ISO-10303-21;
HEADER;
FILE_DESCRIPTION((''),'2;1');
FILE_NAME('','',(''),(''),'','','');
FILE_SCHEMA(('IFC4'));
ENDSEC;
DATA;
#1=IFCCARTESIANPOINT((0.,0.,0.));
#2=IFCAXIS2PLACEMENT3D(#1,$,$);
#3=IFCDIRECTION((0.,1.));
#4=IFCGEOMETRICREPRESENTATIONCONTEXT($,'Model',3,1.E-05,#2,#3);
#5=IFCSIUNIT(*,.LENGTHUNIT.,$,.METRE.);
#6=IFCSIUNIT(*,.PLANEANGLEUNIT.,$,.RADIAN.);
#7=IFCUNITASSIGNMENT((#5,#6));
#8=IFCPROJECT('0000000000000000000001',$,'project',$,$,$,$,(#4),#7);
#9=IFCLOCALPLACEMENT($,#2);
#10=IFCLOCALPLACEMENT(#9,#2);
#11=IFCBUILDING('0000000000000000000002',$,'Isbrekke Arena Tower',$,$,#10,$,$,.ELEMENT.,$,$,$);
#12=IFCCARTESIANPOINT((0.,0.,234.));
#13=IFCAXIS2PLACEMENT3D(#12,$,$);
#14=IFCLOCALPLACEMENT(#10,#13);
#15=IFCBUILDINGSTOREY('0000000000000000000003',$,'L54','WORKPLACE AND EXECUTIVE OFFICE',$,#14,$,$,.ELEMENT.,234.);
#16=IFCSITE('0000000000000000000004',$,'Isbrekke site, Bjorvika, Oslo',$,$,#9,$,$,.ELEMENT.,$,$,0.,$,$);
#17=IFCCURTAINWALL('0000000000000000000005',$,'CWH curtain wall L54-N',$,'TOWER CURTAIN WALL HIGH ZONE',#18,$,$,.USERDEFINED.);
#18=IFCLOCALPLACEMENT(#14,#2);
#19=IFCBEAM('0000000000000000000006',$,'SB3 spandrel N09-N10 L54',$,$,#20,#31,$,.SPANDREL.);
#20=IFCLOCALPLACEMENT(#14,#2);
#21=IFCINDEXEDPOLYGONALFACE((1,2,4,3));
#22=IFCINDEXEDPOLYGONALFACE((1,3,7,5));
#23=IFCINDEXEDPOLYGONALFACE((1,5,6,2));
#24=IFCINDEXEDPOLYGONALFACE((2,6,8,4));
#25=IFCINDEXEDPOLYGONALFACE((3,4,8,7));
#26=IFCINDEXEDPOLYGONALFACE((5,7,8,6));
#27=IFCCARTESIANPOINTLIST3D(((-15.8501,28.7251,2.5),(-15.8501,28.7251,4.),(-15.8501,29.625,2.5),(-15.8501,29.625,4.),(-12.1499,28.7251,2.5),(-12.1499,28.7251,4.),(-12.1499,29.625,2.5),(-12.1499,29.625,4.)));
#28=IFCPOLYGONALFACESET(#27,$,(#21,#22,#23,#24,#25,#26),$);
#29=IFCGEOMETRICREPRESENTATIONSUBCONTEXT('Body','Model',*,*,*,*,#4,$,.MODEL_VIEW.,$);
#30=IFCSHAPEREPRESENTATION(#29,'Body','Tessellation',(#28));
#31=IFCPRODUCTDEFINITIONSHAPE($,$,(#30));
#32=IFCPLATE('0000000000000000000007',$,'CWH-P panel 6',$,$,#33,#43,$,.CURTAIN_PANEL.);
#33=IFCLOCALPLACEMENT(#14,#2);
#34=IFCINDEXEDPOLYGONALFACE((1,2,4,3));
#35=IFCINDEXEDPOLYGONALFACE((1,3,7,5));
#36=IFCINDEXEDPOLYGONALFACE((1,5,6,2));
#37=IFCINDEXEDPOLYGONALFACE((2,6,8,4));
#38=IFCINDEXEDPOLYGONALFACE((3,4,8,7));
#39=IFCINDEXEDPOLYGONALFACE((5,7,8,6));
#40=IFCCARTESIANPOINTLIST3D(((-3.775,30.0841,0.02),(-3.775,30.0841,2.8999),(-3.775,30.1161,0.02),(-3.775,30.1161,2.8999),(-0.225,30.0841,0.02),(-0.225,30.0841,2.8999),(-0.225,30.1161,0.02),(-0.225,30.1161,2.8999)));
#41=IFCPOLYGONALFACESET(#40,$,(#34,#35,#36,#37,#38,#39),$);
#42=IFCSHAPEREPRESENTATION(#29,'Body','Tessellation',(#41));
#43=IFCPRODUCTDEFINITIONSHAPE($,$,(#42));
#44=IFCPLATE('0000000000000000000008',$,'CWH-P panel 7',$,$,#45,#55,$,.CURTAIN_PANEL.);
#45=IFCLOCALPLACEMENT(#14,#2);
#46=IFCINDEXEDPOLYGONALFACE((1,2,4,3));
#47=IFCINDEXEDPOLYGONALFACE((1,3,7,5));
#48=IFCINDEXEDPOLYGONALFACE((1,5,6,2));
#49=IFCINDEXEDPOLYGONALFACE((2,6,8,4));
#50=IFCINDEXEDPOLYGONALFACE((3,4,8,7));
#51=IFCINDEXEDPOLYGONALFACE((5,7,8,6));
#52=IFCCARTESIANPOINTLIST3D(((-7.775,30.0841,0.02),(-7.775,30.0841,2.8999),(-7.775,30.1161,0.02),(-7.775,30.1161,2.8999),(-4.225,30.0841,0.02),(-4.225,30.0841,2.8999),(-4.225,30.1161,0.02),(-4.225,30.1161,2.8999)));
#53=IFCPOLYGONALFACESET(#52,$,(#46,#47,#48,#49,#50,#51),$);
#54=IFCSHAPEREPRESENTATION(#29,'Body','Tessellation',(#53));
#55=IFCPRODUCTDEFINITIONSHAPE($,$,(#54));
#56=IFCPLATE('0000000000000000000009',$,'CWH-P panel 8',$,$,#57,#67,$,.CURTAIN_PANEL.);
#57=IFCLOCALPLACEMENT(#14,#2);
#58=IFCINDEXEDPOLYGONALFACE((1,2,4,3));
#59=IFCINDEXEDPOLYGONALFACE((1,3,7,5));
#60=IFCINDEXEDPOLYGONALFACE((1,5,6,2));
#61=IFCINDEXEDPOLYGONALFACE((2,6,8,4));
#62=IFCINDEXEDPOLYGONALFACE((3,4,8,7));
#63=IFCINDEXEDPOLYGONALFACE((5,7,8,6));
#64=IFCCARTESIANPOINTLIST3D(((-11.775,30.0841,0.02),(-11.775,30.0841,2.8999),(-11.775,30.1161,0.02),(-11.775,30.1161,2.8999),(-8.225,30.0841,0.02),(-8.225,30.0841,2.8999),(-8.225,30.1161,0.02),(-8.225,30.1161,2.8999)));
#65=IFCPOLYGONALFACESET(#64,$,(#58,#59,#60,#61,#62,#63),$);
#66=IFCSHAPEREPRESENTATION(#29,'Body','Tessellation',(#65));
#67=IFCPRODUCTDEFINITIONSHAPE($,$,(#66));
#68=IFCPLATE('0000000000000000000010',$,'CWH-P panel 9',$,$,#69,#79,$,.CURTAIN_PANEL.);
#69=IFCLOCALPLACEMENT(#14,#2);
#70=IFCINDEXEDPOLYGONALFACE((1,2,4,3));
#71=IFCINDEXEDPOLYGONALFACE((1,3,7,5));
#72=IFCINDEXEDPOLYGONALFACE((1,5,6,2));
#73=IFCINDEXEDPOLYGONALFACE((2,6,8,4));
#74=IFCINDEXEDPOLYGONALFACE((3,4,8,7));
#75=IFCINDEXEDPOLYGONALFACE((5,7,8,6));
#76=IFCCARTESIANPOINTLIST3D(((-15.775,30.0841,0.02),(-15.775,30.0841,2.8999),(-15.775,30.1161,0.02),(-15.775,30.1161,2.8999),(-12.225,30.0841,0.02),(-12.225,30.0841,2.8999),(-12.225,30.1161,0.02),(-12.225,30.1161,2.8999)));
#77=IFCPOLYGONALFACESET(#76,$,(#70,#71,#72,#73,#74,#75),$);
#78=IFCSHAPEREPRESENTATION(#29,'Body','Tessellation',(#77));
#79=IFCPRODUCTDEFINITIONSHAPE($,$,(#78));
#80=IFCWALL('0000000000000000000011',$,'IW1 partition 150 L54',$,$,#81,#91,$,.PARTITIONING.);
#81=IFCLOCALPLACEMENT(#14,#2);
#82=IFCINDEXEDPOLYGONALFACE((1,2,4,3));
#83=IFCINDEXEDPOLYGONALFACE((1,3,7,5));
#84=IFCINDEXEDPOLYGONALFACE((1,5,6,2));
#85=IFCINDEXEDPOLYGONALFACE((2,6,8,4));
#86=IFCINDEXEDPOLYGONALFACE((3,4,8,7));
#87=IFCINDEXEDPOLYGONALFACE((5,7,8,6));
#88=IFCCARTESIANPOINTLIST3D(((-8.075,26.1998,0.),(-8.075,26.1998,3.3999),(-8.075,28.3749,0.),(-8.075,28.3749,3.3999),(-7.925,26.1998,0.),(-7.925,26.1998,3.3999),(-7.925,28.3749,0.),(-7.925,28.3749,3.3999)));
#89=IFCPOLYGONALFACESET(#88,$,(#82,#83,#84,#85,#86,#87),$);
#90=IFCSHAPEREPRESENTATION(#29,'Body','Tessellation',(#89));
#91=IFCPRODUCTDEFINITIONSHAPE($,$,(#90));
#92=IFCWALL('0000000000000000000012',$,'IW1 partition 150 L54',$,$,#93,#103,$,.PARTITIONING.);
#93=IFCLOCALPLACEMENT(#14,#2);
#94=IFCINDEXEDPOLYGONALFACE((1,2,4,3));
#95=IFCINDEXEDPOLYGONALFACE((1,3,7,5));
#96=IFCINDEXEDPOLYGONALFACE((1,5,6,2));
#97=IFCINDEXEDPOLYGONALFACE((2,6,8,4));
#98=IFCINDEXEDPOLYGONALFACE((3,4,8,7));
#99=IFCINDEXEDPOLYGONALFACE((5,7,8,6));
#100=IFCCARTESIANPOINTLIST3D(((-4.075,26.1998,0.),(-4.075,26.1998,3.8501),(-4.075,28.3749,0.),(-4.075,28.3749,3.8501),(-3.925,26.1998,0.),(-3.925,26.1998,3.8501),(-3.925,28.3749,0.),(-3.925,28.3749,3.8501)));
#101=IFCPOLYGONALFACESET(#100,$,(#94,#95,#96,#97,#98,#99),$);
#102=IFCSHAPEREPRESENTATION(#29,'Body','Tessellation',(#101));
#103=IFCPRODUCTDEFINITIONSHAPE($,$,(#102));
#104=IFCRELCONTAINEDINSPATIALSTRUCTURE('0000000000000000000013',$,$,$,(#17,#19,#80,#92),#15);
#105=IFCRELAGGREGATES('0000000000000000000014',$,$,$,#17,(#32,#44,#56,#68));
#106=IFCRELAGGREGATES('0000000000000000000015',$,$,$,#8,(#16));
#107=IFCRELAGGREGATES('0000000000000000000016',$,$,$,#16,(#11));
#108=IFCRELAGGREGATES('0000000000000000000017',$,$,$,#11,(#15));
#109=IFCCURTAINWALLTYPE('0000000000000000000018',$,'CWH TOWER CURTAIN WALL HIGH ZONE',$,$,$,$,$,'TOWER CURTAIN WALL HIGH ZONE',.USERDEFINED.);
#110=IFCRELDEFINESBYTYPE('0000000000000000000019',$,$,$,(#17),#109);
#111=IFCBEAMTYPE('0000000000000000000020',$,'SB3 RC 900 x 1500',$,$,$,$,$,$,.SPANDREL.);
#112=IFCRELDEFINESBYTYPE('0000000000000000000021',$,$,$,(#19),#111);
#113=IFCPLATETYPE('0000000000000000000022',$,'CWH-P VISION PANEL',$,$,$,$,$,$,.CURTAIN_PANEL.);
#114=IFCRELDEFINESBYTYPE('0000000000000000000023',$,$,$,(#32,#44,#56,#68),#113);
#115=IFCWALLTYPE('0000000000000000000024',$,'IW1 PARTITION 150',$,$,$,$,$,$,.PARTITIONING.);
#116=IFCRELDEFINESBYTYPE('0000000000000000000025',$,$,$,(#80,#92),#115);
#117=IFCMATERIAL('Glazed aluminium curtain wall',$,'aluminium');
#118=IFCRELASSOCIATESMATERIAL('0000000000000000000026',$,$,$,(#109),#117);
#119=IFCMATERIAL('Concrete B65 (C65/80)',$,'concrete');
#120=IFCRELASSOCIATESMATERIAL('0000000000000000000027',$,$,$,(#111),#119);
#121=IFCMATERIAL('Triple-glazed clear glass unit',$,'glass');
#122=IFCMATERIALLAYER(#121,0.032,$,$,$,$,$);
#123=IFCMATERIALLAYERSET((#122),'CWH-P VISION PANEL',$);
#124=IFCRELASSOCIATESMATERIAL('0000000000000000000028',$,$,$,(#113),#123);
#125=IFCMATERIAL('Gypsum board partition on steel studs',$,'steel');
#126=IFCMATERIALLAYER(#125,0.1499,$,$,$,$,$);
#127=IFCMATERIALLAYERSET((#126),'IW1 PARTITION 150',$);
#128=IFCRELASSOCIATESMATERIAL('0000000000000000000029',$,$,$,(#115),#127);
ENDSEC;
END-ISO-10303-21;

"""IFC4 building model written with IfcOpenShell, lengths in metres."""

from ifc_helpers import new_model, si_unit, direction, frame, frame_2d, origin, origin_2d, place, context, subcontext, project, spatial, rectangle, extrude, material, layer, layer_set, material_profile, profile_set, type_object, element, aggregate, save


model = new_model("IFC4")

# Units and contexts
model_context = context("Model", 3, precision=1e-05, world=origin(), true_north=direction((0.0, 1.0)))
body_context = subcontext(model_context, "Body", "Model", "MODEL_VIEW")
ifc_project = project(units=[si_unit("LENGTHUNIT", "METRE"), si_unit("PLANEANGLEUNIT", "RADIAN")], contexts=[model_context])

# Site, building, storey
site_placement = place(None, origin())
site = spatial("IfcSite", under=ifc_project, at=site_placement, Name="Isbrekke site, Bjorvika, Oslo", CompositionType="ELEMENT", RefElevation=0.0)
building_placement = place(site_placement, origin())
building = spatial("IfcBuilding", under=site, at=building_placement, Name="Isbrekke Arena Tower", CompositionType="ELEMENT")
storey_placement = place(building_placement, frame((0.0, 0.0, 234.0)))
storey = spatial("IfcBuildingStorey", under=building, at=storey_placement, Name="L54", Description="WORKPLACE AND EXECUTIVE OFFICE", CompositionType="ELEMENT", Elevation=234.0)

# Curtain wall
ifc_material_1 = material(Name="Glazed aluminium curtain wall", Category="aluminium")
curtain_wall_type = type_object("IfcCurtainWallType", Name="CWH TOWER CURTAIN WALL HIGH ZONE", ElementType="TOWER CURTAIN WALL HIGH ZONE", PredefinedType="USERDEFINED", material=ifc_material_1)
curtain_wall_placement = place(storey_placement, origin())
curtain_wall = element("IfcCurtainWall", 1, at=curtain_wall_placement, inside=storey, type_object=curtain_wall_type, Name="CWH curtain wall L54-N", ObjectType="TOWER CURTAIN WALL HIGH ZONE", PredefinedType="USERDEFINED")

# Beam
ifc_material_2 = material(Name="Concrete B65 (C65/80)", Category="concrete")
ifc_material_profile_1 = material_profile(ifc_material_2, rectangle(XDim=0.8999, YDim=1.5, at=origin_2d()), Name="RC 900x1500")
ifc_profile_set_1 = profile_set([ifc_material_profile_1], Name="Concrete B65 (C65/80)")
beam_type_1 = type_object("IfcBeamType", Name="SB3 RC 900 x 1500", PredefinedType="SPANDREL", material=ifc_profile_set_1)
for number, where, z_axis, x_axis, name in (
    (2, (-12.1499, 29.175, 3.25), (-1.0, 0.0, 0.0), (0.0, -1.0, 0.0), "SB3 spandrel N09-N10 L54"),
):
    element("IfcBeam", number, at=place(storey_placement, frame(where, z_axis=z_axis, x_axis=x_axis)), inside=storey, type_object=beam_type_1, Name=name, PredefinedType="SPANDREL", context=body_context, shape_type="SweptSolid", body=[
        extrude(rectangle(XDim=0.8999, YDim=1.5, at=origin_2d()), origin(), (0.0, 0.0, 1.0), 3.7002),
    ])

# Plates
ifc_material_3 = material(Name="Triple-glazed clear glass unit", Category="glass")
ifc_layer_1 = layer(ifc_material_3, 0.032)
ifc_layer_set_1 = layer_set([ifc_layer_1], Name="CWH-P VISION PANEL")
plate_type = type_object("IfcPlateType", Name="CWH-P VISION PANEL", PredefinedType="CURTAIN_PANEL", material=ifc_layer_set_1)
plate_1_placement = place(storey_placement, frame((-2.0, 30.1001, 0.02), z_axis=(0.0, 0.0, 1.0), x_axis=(-1.0, 0.0, 0.0)))
plate_1 = element("IfcPlate", 3, at=plate_1_placement, type_object=plate_type, Name="CWH-P panel 6", PredefinedType="CURTAIN_PANEL", context=body_context, shape_type="SweptSolid", body=[
    extrude(rectangle(XDim=3.55, YDim=0.032, at=origin_2d()), origin(), (0.0, 0.0, 1.0), 2.8799),
])
plate_2_placement = place(storey_placement, frame((-6.0, 30.1001, 0.02), z_axis=(0.0, 0.0, 1.0), x_axis=(-1.0, 0.0, 0.0)))
plate_2 = element("IfcPlate", 4, at=plate_2_placement, type_object=plate_type, Name="CWH-P panel 7", PredefinedType="CURTAIN_PANEL", context=body_context, shape_type="SweptSolid", body=[
    extrude(rectangle(XDim=3.55, YDim=0.032, at=origin_2d()), origin(), (0.0, 0.0, 1.0), 2.8799),
])
plate_3_placement = place(storey_placement, frame((-10.0, 30.1001, 0.02), z_axis=(0.0, 0.0, 1.0), x_axis=(-1.0, 0.0, 0.0)))
plate_3 = element("IfcPlate", 5, at=plate_3_placement, type_object=plate_type, Name="CWH-P panel 8", PredefinedType="CURTAIN_PANEL", context=body_context, shape_type="SweptSolid", body=[
    extrude(rectangle(XDim=3.55, YDim=0.032, at=origin_2d()), origin(), (0.0, 0.0, 1.0), 2.8799),
])
plate_4_placement = place(storey_placement, frame((-14.0, 30.1001, 0.02), z_axis=(0.0, 0.0, 1.0), x_axis=(-1.0, 0.0, 0.0)))
plate_4 = element("IfcPlate", 6, at=plate_4_placement, type_object=plate_type, Name="CWH-P panel 9", PredefinedType="CURTAIN_PANEL", context=body_context, shape_type="SweptSolid", body=[
    extrude(rectangle(XDim=3.55, YDim=0.032, at=origin_2d()), origin(), (0.0, 0.0, 1.0), 2.8799),
])
aggregate(curtain_wall, [plate_1, plate_2, plate_3, plate_4])

# Walls
ifc_material_4 = material(Name="Gypsum board partition on steel studs", Category="steel")
ifc_layer_2 = layer(ifc_material_4, 0.1499)
ifc_layer_set_2 = layer_set([ifc_layer_2], Name="IW1 PARTITION 150")
wall_type = type_object("IfcWallType", Name="IW1 PARTITION 150", PredefinedType="PARTITIONING", material=ifc_layer_set_2)
wall_1_placement = place(storey_placement, frame((-8.0, 26.2, 0.0), z_axis=(0.0, 0.0, 1.0), x_axis=(0.0, 1.0, 0.0)))
element("IfcWall", 7, at=wall_1_placement, inside=storey, type_object=wall_type, Name="IW1 partition 150 L54", PredefinedType="PARTITIONING", context=body_context, shape_type="SweptSolid", body=[
    extrude(rectangle(XDim=2.175, YDim=0.1499, at=frame_2d((1.0874, 0.0))), origin(), (0.0, 0.0, 1.0), 3.3999),
])
wall_2_placement = place(storey_placement, frame((-4.0, 26.2, 0.0), z_axis=(0.0, 0.0, 1.0), x_axis=(0.0, 1.0, 0.0)))
element("IfcWall", 8, at=wall_2_placement, inside=storey, type_object=wall_type, Name="IW1 partition 150 L54", PredefinedType="PARTITIONING", context=body_context, shape_type="SweptSolid", body=[
    extrude(rectangle(XDim=2.175, YDim=0.1499, at=frame_2d((1.0874, 0.0))), origin(), (0.0, 0.0, 1.0), 3.8501),
])

save(model, "model.ifc")
